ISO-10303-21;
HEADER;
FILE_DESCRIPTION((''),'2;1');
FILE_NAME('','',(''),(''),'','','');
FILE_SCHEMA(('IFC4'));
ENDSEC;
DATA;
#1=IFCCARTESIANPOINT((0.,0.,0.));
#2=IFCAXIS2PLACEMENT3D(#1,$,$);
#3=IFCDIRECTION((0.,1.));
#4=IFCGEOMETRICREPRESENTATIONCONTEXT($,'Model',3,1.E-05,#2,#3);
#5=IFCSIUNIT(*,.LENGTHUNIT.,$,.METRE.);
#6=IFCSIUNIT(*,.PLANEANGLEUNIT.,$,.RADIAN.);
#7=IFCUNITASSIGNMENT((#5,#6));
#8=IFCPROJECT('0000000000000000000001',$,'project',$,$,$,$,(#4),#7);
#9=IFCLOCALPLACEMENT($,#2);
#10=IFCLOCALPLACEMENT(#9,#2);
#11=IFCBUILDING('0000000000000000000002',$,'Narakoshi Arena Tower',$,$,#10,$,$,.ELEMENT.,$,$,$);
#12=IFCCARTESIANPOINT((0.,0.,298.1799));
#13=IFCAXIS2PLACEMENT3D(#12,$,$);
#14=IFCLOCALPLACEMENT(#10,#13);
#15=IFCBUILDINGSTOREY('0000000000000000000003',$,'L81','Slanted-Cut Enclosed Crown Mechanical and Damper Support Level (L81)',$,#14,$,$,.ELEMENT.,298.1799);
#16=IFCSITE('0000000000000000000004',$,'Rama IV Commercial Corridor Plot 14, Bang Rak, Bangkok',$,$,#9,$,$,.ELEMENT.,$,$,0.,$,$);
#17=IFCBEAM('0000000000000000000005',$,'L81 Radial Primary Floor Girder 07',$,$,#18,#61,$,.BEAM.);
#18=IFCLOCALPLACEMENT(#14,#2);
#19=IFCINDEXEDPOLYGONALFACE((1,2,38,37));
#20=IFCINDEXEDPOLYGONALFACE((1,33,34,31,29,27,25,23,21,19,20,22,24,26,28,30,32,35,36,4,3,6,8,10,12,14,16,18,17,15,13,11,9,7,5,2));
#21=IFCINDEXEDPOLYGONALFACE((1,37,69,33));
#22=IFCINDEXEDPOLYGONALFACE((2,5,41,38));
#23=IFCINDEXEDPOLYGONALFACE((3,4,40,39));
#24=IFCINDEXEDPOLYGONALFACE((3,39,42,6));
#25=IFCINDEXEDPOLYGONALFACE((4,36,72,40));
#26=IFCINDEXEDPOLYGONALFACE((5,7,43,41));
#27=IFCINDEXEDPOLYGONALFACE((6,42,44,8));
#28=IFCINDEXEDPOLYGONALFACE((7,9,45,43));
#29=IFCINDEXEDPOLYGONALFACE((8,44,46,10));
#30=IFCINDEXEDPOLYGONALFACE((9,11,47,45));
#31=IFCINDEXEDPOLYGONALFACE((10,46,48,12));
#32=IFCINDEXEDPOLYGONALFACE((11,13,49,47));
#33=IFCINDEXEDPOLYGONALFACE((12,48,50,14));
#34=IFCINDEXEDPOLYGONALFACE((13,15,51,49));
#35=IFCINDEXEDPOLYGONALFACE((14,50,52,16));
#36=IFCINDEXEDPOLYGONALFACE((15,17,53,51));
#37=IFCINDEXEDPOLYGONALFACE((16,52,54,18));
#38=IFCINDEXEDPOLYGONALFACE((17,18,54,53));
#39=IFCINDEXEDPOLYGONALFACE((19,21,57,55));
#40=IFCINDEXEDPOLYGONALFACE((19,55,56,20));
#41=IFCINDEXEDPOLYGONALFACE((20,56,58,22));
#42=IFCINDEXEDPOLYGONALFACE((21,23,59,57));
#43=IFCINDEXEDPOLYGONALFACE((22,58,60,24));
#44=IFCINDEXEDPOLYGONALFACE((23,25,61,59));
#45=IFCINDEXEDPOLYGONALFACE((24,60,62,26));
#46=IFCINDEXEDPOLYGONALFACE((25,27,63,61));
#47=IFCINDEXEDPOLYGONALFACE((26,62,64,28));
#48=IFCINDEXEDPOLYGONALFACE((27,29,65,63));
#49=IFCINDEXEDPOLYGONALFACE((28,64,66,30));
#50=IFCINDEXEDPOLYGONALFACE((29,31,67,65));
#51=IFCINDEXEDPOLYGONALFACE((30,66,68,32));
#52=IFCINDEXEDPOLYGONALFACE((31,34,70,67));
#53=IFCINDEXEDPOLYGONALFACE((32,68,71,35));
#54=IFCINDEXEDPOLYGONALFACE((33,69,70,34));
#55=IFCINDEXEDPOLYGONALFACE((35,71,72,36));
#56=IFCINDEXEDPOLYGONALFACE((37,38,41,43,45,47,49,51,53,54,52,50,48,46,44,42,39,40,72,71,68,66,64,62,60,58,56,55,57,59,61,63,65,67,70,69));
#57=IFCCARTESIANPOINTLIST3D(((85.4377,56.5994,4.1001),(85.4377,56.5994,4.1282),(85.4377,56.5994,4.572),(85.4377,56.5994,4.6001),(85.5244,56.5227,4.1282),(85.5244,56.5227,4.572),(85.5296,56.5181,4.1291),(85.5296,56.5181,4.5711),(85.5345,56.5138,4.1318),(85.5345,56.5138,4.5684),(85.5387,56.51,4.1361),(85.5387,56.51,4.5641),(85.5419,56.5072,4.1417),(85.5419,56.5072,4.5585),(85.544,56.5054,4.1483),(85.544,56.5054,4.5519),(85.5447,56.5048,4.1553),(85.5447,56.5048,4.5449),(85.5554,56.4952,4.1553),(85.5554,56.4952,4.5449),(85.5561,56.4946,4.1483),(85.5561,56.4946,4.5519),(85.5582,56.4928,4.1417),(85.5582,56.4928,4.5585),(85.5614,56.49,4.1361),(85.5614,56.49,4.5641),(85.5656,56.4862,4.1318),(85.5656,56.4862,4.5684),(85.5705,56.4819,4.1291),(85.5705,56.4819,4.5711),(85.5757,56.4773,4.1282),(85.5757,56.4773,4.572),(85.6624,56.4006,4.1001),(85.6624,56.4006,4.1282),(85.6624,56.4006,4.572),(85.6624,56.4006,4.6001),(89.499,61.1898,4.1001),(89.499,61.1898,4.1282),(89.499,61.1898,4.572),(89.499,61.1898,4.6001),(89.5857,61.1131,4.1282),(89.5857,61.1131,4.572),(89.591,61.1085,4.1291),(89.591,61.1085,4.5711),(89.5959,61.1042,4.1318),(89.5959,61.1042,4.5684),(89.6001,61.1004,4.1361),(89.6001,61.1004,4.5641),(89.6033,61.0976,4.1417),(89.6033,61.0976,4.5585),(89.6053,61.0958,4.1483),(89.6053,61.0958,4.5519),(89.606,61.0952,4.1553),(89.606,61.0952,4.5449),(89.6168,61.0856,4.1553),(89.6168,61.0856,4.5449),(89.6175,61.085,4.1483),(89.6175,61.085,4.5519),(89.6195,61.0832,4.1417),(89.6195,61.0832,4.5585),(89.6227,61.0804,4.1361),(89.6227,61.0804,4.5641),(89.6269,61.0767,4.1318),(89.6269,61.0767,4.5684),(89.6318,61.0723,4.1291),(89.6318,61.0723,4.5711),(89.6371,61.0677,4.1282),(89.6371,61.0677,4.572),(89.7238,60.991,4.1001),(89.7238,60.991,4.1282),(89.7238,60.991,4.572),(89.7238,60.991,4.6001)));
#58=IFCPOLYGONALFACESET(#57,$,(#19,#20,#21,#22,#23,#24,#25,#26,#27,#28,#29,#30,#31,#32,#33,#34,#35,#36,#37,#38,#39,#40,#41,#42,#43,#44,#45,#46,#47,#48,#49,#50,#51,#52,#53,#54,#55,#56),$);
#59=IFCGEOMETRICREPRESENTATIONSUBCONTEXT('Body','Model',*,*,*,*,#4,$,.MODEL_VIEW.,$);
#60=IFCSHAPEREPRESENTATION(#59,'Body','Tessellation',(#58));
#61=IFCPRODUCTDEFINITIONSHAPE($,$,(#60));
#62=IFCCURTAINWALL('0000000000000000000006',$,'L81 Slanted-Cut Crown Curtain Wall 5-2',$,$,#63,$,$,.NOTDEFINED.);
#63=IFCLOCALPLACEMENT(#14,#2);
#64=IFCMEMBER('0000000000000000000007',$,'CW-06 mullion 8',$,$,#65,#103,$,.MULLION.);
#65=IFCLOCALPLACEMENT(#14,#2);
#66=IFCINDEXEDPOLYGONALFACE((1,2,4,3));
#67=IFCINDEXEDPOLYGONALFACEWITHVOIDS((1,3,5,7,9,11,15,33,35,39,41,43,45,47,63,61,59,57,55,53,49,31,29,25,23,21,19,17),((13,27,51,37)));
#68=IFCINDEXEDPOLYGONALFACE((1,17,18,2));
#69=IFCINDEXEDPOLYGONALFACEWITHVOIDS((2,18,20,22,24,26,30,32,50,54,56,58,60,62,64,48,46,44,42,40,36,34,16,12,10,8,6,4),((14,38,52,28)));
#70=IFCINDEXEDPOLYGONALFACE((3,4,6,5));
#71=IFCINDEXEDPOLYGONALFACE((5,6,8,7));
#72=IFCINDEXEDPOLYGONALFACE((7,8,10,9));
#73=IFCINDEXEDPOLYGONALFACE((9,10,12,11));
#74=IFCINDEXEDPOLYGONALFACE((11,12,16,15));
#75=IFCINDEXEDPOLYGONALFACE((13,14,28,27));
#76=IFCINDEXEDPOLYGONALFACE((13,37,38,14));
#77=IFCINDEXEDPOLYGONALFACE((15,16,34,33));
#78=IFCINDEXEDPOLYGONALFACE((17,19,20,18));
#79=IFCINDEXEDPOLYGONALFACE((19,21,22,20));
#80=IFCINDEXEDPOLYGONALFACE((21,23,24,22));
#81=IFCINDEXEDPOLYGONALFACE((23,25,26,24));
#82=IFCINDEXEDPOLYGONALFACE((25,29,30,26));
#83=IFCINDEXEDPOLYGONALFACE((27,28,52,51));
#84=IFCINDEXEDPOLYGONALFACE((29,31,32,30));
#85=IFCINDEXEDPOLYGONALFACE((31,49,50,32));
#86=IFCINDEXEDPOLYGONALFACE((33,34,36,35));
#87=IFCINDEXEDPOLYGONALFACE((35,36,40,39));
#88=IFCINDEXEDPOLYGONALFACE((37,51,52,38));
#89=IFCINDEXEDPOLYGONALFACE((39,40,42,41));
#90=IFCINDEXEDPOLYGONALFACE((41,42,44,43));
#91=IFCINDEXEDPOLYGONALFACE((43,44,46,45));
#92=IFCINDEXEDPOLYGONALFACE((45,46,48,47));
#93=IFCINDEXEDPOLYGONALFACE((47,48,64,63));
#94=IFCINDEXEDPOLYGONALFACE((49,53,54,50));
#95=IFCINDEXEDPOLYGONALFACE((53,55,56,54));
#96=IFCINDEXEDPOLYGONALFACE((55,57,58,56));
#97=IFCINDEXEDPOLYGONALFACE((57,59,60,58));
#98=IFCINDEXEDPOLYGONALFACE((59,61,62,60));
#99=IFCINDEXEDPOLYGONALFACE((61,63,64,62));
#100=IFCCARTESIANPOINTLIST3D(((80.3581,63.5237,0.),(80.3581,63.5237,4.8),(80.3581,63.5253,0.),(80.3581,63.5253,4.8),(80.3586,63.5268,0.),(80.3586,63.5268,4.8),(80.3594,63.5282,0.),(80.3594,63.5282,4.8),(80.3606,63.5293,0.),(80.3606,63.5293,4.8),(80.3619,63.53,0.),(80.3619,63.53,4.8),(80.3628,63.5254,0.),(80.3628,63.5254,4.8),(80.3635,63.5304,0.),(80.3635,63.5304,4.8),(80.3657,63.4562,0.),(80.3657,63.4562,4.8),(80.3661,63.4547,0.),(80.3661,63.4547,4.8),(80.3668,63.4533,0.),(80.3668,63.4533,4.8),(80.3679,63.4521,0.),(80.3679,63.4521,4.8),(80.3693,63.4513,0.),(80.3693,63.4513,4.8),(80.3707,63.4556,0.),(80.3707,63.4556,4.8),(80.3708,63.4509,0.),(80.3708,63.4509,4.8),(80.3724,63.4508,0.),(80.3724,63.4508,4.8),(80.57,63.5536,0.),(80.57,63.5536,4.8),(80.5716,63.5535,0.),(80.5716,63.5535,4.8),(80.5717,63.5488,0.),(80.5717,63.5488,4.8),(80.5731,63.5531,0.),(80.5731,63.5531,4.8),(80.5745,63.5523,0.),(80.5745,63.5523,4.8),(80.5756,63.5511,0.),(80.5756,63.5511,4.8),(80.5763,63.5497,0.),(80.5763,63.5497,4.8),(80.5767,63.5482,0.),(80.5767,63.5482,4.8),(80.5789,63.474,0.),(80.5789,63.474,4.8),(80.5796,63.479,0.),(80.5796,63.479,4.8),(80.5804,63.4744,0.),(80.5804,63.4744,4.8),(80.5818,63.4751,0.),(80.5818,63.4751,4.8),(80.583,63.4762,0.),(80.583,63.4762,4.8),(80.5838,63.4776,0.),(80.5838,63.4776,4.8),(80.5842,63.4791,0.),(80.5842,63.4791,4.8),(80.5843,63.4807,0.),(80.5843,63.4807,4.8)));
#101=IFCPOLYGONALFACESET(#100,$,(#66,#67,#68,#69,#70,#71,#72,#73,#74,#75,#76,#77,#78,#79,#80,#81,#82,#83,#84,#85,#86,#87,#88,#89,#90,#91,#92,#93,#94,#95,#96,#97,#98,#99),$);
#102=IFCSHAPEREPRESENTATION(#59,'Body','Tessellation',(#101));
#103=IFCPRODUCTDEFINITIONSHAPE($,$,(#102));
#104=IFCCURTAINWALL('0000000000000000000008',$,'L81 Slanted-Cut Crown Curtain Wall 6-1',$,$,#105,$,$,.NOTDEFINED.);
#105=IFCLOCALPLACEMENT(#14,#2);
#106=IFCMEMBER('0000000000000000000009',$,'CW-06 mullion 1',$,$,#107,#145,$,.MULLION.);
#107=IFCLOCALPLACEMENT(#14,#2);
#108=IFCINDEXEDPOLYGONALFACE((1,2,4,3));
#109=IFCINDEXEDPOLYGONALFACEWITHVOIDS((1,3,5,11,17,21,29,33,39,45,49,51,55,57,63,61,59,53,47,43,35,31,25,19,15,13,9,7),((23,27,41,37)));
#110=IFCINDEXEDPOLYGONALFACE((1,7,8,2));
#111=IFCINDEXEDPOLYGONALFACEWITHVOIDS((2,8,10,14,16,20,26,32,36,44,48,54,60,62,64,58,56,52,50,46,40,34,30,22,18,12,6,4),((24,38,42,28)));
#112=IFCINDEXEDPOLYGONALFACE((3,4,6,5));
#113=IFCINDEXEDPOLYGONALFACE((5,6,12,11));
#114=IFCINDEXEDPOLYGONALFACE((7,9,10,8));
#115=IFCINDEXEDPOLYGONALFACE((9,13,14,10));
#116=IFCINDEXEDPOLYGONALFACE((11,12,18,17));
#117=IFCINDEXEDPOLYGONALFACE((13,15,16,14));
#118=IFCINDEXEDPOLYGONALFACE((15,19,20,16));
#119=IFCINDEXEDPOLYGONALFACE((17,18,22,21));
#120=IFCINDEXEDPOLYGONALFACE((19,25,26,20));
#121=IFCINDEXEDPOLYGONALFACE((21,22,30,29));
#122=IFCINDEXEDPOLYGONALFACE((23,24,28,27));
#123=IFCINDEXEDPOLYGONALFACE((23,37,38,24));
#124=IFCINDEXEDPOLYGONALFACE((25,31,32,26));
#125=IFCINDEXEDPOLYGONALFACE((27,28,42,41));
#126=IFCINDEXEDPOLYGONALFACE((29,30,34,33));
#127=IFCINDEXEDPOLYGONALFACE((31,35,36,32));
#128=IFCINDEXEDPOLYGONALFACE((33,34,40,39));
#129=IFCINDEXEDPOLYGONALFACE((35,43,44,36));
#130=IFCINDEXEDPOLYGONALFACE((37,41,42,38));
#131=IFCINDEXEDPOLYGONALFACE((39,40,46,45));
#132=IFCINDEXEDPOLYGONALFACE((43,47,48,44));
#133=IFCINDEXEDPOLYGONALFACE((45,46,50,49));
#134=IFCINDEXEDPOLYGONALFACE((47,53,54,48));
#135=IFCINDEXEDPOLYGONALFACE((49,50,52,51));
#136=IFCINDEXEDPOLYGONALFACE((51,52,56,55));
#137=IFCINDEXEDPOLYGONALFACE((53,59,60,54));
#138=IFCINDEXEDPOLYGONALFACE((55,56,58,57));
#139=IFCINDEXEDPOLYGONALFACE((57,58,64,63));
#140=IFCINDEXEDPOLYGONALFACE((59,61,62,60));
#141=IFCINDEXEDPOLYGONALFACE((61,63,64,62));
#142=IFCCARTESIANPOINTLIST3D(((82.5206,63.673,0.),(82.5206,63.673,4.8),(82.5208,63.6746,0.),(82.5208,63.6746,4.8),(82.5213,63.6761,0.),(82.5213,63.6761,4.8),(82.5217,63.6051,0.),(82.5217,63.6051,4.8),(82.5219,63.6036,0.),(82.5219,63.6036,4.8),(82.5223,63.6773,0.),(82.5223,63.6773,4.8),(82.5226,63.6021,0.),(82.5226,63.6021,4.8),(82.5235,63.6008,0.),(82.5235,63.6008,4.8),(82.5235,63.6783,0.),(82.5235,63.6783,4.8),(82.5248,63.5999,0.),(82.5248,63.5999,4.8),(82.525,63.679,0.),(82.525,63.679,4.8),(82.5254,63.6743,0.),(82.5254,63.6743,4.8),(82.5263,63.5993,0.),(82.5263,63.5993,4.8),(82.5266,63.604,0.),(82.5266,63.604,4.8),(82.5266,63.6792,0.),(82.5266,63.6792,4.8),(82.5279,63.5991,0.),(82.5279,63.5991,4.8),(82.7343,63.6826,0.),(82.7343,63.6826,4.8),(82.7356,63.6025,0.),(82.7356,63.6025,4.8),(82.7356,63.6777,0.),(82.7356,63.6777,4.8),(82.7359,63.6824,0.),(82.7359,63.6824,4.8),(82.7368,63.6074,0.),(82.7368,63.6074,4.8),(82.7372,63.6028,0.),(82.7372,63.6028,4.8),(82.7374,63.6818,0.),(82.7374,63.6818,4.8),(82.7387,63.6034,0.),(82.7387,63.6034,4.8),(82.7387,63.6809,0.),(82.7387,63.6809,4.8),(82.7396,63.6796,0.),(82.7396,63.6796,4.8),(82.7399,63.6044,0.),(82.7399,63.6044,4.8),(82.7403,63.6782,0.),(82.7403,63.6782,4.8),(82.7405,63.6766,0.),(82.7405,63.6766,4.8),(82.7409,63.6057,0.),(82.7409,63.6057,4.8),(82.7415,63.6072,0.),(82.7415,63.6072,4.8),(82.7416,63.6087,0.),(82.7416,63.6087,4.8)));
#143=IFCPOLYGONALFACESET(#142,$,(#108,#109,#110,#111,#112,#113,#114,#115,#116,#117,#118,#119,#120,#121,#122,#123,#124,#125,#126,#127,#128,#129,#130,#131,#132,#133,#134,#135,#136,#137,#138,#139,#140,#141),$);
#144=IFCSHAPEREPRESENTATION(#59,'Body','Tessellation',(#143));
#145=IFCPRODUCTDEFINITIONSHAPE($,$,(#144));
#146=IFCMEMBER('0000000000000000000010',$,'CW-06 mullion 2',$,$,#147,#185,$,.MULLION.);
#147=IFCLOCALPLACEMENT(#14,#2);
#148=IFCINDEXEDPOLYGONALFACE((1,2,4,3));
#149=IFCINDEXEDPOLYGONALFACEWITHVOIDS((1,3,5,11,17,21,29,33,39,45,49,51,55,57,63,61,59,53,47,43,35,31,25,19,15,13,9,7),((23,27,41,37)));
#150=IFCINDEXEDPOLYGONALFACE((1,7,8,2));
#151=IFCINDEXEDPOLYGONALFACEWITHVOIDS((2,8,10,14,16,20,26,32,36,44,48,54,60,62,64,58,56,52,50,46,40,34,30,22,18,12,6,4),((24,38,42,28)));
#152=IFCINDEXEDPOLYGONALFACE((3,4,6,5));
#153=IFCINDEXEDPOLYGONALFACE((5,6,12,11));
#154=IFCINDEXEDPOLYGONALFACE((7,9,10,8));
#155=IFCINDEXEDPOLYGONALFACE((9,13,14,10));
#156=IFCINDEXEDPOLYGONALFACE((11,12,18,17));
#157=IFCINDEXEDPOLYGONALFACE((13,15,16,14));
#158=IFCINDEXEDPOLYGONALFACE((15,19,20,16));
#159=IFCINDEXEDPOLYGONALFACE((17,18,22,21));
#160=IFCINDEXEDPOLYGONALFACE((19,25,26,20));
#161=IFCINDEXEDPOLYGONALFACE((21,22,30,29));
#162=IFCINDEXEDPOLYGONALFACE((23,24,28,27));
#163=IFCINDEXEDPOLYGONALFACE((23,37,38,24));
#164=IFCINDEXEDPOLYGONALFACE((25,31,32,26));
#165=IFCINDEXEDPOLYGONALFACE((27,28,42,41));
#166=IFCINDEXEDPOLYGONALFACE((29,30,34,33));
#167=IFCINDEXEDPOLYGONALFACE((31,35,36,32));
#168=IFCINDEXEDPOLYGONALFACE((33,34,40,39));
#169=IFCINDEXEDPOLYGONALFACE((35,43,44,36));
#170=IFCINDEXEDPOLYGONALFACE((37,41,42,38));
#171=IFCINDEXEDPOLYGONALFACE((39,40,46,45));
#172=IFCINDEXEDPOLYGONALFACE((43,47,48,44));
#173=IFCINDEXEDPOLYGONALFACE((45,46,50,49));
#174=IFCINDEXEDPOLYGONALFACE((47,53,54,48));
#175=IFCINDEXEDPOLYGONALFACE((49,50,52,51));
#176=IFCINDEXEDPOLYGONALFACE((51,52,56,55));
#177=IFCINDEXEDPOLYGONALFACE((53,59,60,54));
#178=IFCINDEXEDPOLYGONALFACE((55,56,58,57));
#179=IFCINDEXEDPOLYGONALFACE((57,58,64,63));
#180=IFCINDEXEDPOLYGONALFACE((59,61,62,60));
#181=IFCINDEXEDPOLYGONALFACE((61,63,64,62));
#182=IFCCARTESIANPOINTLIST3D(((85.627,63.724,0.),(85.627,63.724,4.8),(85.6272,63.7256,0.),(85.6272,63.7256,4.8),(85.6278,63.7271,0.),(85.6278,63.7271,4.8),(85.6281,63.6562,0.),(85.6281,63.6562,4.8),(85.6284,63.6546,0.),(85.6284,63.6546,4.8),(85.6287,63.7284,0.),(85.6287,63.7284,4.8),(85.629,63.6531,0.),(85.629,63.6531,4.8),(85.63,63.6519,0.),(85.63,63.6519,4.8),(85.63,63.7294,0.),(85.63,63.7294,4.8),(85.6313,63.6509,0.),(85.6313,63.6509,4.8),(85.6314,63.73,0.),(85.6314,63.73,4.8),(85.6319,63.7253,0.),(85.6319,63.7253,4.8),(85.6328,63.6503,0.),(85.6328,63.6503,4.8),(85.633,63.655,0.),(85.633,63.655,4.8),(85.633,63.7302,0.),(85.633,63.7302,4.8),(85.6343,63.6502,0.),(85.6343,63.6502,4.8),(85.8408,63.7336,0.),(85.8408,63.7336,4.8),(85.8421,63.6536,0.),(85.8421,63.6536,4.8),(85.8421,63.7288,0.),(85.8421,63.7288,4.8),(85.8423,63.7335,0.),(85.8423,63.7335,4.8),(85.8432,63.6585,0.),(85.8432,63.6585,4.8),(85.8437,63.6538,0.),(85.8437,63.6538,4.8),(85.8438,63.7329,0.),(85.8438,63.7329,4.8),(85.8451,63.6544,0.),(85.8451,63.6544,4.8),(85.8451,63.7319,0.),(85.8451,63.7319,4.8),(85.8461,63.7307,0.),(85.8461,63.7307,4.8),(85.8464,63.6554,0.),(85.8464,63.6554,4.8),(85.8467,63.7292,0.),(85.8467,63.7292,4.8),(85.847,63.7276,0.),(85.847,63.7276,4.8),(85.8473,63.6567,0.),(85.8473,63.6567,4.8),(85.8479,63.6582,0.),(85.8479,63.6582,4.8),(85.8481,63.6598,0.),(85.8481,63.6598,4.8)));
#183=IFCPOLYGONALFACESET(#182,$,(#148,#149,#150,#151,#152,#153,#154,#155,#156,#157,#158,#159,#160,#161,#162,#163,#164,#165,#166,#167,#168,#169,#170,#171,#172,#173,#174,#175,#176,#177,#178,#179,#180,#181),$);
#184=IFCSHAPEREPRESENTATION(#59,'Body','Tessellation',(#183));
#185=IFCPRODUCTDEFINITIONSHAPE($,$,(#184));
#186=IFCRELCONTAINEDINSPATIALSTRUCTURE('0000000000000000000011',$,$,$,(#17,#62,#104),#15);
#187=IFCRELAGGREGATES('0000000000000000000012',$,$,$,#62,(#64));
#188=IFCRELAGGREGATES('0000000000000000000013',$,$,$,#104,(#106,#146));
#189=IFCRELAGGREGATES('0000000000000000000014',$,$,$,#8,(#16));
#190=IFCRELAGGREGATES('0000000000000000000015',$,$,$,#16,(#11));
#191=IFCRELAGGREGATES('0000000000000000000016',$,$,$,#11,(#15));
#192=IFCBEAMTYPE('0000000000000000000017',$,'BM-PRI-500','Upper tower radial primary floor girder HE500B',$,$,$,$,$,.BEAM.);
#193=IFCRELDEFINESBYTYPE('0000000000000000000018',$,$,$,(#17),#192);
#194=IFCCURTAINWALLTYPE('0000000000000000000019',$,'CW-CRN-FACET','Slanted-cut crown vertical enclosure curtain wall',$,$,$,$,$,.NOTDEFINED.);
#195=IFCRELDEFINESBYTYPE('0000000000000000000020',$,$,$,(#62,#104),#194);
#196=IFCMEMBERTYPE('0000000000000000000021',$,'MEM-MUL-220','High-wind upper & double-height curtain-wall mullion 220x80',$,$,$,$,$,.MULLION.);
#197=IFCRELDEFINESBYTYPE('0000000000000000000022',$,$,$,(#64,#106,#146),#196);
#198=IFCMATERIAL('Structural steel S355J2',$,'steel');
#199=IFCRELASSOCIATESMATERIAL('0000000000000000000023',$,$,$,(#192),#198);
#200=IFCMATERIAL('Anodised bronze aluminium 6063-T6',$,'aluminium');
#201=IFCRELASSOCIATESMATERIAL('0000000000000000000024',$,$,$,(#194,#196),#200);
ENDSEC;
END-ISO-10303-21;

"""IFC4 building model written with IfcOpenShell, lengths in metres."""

from ifc_helpers import new_model, si_unit, direction, frame, origin, origin_2d, place, context, subcontext, project, spatial, hollow_rectangle, i_section, extrude, material, material_profile, profile_set, type_object, element, aggregate, save


model = new_model("IFC4")

# Units and contexts
model_context = context("Model", 3, precision=1e-05, world=origin(), true_north=direction((0.0, 1.0)))
body_context = subcontext(model_context, "Body", "Model", "MODEL_VIEW")
ifc_project = project(units=[si_unit("LENGTHUNIT", "METRE"), si_unit("PLANEANGLEUNIT", "RADIAN")], contexts=[model_context])

# Site, building, storey
site_placement = place(None, origin())
site = spatial("IfcSite", under=ifc_project, at=site_placement, Name="Rama IV Commercial Corridor Plot 14, Bang Rak, Bangkok", CompositionType="ELEMENT", RefElevation=0.0)
building_placement = place(site_placement, origin())
building = spatial("IfcBuilding", under=site, at=building_placement, Name="Narakoshi Arena Tower", CompositionType="ELEMENT")
storey_placement = place(building_placement, frame((0.0, 0.0, 298.1799)))
storey = spatial("IfcBuildingStorey", under=building, at=storey_placement, Name="L81", Description="Slanted-Cut Enclosed Crown Mechanical and Damper Support Level (L81)", CompositionType="ELEMENT", Elevation=298.1799)

# Shared definitions
ifc_material_1 = material(Name="Structural steel S355J2", Category="steel")

# Beam
ifc_material_profile_1 = material_profile(ifc_material_1, i_section(OverallWidth=0.3, OverallDepth=0.5, WebThickness=0.0144, FlangeThickness=0.0281, FilletRadius=0.0271, at=origin_2d()), Name="HE500B")
ifc_profile_set_1 = profile_set([ifc_material_profile_1], Name="Structural steel S355J2")
beam_type = type_object("IfcBeamType", Name="BM-PRI-500", Description="Upper tower radial primary floor girder HE500B", PredefinedType="BEAM", material=ifc_profile_set_1)
beam_1_placement = place(storey_placement, frame((85.55, 56.5, 4.3501), z_axis=(0.662629, 0.748948, 0.0), x_axis=(-0.748948, 0.662629, 0.0)))
element("IfcBeam", 1, at=beam_1_placement, inside=storey, type_object=beam_type, Name="L81 Radial Primary Floor Girder 07", PredefinedType="BEAM", context=body_context, shape_type="SweptSolid", body=[
    extrude(i_section(OverallWidth=0.3, OverallDepth=0.5, WebThickness=0.0144, FlangeThickness=0.0281, FilletRadius=0.0271, at=origin_2d()), origin(), (0.0, 0.0, 1.0), 6.1292),
])

# Curtain wall, member
ifc_material_2 = material(Name="Anodised bronze aluminium 6063-T6", Category="aluminium")
curtain_wall_type = type_object("IfcCurtainWallType", Name="CW-CRN-FACET", Description="Slanted-cut crown vertical enclosure curtain wall", PredefinedType="NOTDEFINED", material=ifc_material_2)
curtain_wall_1_placement = place(storey_placement, origin())
curtain_wall_1 = element("IfcCurtainWall", 2, at=curtain_wall_1_placement, inside=storey, type_object=curtain_wall_type, Name="L81 Slanted-Cut Crown Curtain Wall 5-2", PredefinedType="NOTDEFINED")
ifc_material_profile_2 = material_profile(ifc_material_2, hollow_rectangle(XDim=0.0801, YDim=0.22, WallThickness=0.0049, OuterFilletRadius=0.0061, at=origin_2d()), Name="MUL220x80x5")
ifc_profile_set_2 = profile_set([ifc_material_profile_2], Name="Anodised bronze aluminium 6063-T6")
member_type_1 = type_object("IfcMemberType", Name="MEM-MUL-220", Description="High-wind upper & double-height curtain-wall mullion 220x80", PredefinedType="MULLION", material=ifc_profile_set_2)
member_1_placement = place(storey_placement, frame((80.4712, 63.5022, 0.0), z_axis=(0.0, 0.0, 1.0), x_axis=(-0.111395, 0.993776, 0.0)))
member_1 = element("IfcMember", 3, at=member_1_placement, type_object=member_type_1, Name="CW-06 mullion 8", PredefinedType="MULLION", context=body_context, shape_type="SweptSolid", body=[
    extrude(hollow_rectangle(XDim=0.0801, YDim=0.22, WallThickness=0.0049, OuterFilletRadius=0.0061, at=origin_2d()), origin(), (0.0, 0.0, 1.0), 4.8),
])

# Curtain wall, members
curtain_wall_2_placement = place(storey_placement, origin())
curtain_wall_2 = element("IfcCurtainWall", 4, at=curtain_wall_2_placement, inside=storey, type_object=curtain_wall_type, Name="L81 Slanted-Cut Crown Curtain Wall 6-1", PredefinedType="NOTDEFINED")
member_2_placement = place(storey_placement, frame((82.6311, 63.6409, 0.0), z_axis=(0.0, 0.0, 1.0), x_axis=(-0.016447, 0.999865, 0.0)))
member_2 = element("IfcMember", 5, at=member_2_placement, type_object=member_type_1, Name="CW-06 mullion 1", PredefinedType="MULLION", context=body_context, shape_type="SweptSolid", body=[
    extrude(hollow_rectangle(XDim=0.0801, YDim=0.22, WallThickness=0.0049, OuterFilletRadius=0.0061, at=origin_2d()), origin(), (0.0, 0.0, 1.0), 4.8),
])
member_3_placement = place(storey_placement, frame((85.7375, 63.6919, 0.0), z_axis=(0.0, 0.0, 1.0), x_axis=(-0.016447, 0.999865, 0.0)))
member_3 = element("IfcMember", 6, at=member_3_placement, type_object=member_type_1, Name="CW-06 mullion 2", PredefinedType="MULLION", context=body_context, shape_type="SweptSolid", body=[
    extrude(hollow_rectangle(XDim=0.0801, YDim=0.22, WallThickness=0.0049, OuterFilletRadius=0.0061, at=origin_2d()), origin(), (0.0, 0.0, 1.0), 4.8),
])

aggregate(curtain_wall_1, [member_1])
aggregate(curtain_wall_2, [member_2, member_3])

save(model, "model.ifc")
